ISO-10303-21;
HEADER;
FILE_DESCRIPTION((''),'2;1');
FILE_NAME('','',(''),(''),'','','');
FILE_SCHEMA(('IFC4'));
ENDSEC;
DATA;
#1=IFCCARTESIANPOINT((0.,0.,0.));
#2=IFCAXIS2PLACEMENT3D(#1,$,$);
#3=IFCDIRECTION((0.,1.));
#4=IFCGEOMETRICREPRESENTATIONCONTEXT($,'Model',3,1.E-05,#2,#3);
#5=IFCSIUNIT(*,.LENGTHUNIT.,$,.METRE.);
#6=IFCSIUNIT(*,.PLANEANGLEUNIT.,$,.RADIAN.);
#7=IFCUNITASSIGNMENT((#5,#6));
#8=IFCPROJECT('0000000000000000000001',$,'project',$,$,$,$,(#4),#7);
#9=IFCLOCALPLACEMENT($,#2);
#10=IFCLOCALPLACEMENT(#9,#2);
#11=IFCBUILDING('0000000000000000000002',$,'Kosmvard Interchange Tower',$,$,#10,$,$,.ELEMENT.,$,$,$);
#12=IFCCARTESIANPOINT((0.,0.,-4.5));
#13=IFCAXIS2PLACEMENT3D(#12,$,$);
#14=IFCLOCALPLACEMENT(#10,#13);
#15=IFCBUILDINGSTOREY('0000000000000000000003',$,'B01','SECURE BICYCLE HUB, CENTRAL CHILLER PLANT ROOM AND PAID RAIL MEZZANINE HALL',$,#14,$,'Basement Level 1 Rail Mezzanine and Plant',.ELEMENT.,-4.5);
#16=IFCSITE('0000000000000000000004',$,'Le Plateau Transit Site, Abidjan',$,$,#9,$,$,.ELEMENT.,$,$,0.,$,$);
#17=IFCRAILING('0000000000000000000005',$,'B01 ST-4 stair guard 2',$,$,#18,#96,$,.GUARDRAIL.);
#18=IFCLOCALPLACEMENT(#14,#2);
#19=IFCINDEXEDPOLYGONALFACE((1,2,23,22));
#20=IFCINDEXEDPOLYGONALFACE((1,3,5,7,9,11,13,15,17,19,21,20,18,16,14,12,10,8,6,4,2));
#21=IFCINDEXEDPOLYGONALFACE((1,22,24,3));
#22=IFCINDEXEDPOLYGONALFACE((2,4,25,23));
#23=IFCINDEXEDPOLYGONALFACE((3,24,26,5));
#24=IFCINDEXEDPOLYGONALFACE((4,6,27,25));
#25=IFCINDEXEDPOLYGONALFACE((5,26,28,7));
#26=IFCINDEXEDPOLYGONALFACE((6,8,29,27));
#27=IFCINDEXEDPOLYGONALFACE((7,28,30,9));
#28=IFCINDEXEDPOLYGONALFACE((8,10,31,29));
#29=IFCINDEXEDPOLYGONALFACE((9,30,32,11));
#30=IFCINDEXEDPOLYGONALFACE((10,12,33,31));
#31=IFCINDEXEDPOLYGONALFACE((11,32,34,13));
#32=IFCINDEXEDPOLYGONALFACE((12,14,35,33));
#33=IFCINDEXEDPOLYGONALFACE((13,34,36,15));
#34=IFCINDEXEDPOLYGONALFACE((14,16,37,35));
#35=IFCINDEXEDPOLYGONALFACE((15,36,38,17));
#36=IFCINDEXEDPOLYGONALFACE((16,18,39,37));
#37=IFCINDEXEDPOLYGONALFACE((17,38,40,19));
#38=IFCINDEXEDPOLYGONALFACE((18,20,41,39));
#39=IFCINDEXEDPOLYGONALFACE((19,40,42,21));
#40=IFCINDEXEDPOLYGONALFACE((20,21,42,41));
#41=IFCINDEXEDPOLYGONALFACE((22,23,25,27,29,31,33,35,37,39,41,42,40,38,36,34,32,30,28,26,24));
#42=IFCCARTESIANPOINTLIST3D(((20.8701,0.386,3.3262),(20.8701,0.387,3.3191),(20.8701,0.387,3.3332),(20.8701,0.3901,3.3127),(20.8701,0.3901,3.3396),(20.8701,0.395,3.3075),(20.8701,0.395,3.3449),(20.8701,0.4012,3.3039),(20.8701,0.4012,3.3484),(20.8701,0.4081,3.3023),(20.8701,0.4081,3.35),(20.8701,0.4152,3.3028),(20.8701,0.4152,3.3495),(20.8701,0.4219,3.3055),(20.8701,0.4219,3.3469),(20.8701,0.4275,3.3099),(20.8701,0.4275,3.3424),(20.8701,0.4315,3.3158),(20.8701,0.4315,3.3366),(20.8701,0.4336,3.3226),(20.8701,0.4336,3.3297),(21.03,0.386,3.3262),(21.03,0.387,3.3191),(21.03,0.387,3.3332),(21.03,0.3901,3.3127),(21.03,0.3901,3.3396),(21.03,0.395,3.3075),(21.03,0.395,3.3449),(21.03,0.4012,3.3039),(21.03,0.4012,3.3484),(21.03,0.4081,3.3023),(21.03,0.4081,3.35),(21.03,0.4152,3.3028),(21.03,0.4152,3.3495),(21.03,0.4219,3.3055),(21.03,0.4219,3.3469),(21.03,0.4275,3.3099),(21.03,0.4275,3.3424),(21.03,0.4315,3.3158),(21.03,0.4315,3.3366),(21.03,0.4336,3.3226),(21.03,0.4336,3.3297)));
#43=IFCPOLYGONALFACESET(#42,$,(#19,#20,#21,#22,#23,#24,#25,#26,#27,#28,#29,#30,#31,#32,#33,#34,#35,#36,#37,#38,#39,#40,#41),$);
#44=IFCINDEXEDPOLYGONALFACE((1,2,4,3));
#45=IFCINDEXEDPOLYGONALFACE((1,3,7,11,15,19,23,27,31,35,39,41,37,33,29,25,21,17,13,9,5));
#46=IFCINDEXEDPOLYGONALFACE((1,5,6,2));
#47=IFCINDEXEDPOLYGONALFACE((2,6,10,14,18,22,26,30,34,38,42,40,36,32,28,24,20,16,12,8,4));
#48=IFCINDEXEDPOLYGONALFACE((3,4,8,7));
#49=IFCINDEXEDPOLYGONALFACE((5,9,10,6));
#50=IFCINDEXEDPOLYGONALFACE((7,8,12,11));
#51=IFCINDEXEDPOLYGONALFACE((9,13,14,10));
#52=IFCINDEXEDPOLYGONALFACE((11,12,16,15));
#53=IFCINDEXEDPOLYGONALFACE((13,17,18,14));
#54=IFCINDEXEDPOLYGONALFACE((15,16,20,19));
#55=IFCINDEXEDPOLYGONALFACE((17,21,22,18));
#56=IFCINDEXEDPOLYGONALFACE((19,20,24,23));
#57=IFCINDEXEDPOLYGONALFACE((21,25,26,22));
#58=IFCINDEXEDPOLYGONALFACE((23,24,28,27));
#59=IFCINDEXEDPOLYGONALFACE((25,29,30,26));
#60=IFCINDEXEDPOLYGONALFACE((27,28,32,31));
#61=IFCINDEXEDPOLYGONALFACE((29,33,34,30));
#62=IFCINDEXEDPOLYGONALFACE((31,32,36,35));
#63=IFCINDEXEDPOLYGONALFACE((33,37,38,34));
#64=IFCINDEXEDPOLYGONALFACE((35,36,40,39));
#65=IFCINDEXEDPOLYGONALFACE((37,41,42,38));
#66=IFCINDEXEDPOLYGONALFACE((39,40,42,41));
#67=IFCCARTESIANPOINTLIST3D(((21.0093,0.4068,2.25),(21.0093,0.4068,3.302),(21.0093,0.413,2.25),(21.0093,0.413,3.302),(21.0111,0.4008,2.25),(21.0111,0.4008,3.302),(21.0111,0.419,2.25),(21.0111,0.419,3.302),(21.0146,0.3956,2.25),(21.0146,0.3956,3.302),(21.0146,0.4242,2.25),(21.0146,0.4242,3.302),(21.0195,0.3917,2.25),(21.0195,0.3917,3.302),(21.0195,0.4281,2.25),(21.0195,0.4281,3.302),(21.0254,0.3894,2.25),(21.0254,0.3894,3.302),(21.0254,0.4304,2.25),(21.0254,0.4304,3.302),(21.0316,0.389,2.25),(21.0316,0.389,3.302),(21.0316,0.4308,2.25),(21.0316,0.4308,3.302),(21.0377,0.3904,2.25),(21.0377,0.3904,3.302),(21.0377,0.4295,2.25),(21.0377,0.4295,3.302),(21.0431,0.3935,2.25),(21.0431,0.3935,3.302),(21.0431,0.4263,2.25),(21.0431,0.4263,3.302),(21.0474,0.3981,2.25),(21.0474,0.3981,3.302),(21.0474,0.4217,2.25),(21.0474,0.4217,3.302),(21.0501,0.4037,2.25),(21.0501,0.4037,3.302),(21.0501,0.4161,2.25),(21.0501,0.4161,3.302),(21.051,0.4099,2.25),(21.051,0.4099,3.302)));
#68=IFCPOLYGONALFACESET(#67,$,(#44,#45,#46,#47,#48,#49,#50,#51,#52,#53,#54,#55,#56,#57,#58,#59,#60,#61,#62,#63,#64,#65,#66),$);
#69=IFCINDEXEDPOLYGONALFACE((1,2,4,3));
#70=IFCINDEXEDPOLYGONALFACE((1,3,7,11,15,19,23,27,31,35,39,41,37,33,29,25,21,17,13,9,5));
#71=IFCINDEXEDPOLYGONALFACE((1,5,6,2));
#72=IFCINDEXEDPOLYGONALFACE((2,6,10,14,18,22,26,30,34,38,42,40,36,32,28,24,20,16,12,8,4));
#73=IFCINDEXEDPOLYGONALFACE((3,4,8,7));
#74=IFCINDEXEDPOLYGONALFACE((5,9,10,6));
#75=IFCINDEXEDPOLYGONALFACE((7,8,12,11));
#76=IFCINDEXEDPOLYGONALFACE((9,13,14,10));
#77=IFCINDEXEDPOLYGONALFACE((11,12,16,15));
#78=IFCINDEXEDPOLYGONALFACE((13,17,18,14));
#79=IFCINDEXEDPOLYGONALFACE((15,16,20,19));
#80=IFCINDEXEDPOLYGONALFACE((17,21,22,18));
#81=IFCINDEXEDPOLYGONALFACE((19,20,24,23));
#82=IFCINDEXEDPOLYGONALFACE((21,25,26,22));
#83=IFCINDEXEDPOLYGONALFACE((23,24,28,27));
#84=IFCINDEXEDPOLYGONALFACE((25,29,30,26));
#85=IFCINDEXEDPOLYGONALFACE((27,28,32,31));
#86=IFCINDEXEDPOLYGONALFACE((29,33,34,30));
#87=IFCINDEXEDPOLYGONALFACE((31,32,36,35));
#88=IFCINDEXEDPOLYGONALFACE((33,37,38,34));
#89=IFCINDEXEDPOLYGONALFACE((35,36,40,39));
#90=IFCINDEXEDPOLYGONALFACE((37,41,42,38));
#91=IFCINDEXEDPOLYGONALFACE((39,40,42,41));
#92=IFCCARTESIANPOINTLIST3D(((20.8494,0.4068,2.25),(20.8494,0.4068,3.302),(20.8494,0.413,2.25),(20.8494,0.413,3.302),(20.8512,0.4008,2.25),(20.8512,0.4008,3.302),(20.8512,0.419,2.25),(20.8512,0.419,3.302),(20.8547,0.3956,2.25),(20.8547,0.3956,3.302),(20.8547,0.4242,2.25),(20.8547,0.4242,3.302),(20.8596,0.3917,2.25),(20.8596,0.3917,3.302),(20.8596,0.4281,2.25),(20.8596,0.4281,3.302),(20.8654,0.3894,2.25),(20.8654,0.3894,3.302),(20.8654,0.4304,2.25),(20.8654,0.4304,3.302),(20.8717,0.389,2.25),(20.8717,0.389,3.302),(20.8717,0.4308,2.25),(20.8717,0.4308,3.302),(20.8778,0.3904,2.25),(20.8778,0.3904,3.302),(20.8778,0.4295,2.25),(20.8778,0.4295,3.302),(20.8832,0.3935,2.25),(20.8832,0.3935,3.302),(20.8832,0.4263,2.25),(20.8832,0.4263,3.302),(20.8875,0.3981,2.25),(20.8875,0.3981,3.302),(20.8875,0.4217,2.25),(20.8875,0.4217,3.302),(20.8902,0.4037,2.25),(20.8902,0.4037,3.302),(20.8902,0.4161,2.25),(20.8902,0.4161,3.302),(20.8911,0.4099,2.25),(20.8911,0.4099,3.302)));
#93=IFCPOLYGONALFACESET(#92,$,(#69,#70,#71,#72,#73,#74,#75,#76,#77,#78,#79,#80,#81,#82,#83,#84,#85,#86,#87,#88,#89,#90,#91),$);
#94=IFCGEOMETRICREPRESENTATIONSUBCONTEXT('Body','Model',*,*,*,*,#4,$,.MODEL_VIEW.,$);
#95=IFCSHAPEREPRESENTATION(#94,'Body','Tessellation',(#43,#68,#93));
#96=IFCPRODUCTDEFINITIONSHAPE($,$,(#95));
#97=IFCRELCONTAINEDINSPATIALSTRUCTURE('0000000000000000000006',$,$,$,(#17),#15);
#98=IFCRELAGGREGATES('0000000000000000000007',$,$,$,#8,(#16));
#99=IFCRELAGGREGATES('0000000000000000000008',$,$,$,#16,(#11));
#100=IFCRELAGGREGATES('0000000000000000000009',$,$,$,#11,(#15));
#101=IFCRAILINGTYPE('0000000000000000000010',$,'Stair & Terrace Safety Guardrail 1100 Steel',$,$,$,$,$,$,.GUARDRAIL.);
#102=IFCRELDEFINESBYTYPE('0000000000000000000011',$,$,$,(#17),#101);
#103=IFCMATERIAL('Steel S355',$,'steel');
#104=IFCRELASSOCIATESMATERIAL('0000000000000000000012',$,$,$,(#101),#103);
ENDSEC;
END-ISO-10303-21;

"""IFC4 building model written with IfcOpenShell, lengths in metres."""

from ifc_helpers import new_model, si_unit, direction, frame, origin, origin_2d, place, context, subcontext, project, spatial, circle, extrude, source, transform, mapped, material, type_object, element, save


model = new_model("IFC4")

# Units and contexts
model_context = context("Model", 3, precision=1e-05, world=origin(), true_north=direction((0.0, 1.0)))
body_context = subcontext(model_context, "Body", "Model", "MODEL_VIEW")
ifc_project = project(units=[si_unit("LENGTHUNIT", "METRE"), si_unit("PLANEANGLEUNIT", "RADIAN")], contexts=[model_context])

# Site, building, storey
site_placement = place(None, origin())
site = spatial("IfcSite", under=ifc_project, at=site_placement, Name="Le Plateau Transit Site, Abidjan", CompositionType="ELEMENT", RefElevation=0.0)
building_placement = place(site_placement, origin())
building = spatial("IfcBuilding", under=site, at=building_placement, Name="Kosmvard Interchange Tower", CompositionType="ELEMENT")
storey_placement = place(building_placement, frame((0.0, 0.0, -4.5)))
storey = spatial("IfcBuildingStorey", under=building, at=storey_placement, Name="B01", Description="SECURE BICYCLE HUB, CENTRAL CHILLER PLANT ROOM AND PAID RAIL MEZZANINE HALL", LongName="Basement Level 1 Rail Mezzanine and Plant", CompositionType="ELEMENT", Elevation=-4.5)

# Shared definitions
ifc_material_1 = material(Name="Steel S355", Category="steel")

# Railing
railing_type_1 = type_object("IfcRailingType", Name="Stair & Terrace Safety Guardrail 1100 Steel", PredefinedType="GUARDRAIL", material=ifc_material_1)
shared_shape_1 = source(origin(), body_context, "Body", "SweptSolid", [
    extrude(circle(Radius=0.0239, at=origin_2d()), frame((0.0, 0.0, 1.0762), z_axis=(-1.0, 0.0, 0.0), x_axis=(0.0, -1.0, 0.0)), (0.0, 0.0, 1.0), 0.1599),
    extrude(circle(Radius=0.021, at=origin_2d()), origin(), (0.0, 0.0, 1.0), 1.052),
    extrude(circle(Radius=0.021, at=origin_2d()), frame((-0.1599, 0.0, 0.0)), (0.0, 0.0, 1.0), 1.052),
])
railing_1_placement = place(storey_placement, frame((21.03, 0.4099, 2.25)))
element("IfcRailing", 1, at=railing_1_placement, inside=storey, type_object=railing_type_1, Name="B01 ST-4 stair guard 2", PredefinedType="GUARDRAIL", context=body_context, shape_type="MappedRepresentation", body=[
    mapped(shared_shape_1, transform((0.0, 0.0, 0.0), scale=1.0)),
])

save(model, "model.ifc")
